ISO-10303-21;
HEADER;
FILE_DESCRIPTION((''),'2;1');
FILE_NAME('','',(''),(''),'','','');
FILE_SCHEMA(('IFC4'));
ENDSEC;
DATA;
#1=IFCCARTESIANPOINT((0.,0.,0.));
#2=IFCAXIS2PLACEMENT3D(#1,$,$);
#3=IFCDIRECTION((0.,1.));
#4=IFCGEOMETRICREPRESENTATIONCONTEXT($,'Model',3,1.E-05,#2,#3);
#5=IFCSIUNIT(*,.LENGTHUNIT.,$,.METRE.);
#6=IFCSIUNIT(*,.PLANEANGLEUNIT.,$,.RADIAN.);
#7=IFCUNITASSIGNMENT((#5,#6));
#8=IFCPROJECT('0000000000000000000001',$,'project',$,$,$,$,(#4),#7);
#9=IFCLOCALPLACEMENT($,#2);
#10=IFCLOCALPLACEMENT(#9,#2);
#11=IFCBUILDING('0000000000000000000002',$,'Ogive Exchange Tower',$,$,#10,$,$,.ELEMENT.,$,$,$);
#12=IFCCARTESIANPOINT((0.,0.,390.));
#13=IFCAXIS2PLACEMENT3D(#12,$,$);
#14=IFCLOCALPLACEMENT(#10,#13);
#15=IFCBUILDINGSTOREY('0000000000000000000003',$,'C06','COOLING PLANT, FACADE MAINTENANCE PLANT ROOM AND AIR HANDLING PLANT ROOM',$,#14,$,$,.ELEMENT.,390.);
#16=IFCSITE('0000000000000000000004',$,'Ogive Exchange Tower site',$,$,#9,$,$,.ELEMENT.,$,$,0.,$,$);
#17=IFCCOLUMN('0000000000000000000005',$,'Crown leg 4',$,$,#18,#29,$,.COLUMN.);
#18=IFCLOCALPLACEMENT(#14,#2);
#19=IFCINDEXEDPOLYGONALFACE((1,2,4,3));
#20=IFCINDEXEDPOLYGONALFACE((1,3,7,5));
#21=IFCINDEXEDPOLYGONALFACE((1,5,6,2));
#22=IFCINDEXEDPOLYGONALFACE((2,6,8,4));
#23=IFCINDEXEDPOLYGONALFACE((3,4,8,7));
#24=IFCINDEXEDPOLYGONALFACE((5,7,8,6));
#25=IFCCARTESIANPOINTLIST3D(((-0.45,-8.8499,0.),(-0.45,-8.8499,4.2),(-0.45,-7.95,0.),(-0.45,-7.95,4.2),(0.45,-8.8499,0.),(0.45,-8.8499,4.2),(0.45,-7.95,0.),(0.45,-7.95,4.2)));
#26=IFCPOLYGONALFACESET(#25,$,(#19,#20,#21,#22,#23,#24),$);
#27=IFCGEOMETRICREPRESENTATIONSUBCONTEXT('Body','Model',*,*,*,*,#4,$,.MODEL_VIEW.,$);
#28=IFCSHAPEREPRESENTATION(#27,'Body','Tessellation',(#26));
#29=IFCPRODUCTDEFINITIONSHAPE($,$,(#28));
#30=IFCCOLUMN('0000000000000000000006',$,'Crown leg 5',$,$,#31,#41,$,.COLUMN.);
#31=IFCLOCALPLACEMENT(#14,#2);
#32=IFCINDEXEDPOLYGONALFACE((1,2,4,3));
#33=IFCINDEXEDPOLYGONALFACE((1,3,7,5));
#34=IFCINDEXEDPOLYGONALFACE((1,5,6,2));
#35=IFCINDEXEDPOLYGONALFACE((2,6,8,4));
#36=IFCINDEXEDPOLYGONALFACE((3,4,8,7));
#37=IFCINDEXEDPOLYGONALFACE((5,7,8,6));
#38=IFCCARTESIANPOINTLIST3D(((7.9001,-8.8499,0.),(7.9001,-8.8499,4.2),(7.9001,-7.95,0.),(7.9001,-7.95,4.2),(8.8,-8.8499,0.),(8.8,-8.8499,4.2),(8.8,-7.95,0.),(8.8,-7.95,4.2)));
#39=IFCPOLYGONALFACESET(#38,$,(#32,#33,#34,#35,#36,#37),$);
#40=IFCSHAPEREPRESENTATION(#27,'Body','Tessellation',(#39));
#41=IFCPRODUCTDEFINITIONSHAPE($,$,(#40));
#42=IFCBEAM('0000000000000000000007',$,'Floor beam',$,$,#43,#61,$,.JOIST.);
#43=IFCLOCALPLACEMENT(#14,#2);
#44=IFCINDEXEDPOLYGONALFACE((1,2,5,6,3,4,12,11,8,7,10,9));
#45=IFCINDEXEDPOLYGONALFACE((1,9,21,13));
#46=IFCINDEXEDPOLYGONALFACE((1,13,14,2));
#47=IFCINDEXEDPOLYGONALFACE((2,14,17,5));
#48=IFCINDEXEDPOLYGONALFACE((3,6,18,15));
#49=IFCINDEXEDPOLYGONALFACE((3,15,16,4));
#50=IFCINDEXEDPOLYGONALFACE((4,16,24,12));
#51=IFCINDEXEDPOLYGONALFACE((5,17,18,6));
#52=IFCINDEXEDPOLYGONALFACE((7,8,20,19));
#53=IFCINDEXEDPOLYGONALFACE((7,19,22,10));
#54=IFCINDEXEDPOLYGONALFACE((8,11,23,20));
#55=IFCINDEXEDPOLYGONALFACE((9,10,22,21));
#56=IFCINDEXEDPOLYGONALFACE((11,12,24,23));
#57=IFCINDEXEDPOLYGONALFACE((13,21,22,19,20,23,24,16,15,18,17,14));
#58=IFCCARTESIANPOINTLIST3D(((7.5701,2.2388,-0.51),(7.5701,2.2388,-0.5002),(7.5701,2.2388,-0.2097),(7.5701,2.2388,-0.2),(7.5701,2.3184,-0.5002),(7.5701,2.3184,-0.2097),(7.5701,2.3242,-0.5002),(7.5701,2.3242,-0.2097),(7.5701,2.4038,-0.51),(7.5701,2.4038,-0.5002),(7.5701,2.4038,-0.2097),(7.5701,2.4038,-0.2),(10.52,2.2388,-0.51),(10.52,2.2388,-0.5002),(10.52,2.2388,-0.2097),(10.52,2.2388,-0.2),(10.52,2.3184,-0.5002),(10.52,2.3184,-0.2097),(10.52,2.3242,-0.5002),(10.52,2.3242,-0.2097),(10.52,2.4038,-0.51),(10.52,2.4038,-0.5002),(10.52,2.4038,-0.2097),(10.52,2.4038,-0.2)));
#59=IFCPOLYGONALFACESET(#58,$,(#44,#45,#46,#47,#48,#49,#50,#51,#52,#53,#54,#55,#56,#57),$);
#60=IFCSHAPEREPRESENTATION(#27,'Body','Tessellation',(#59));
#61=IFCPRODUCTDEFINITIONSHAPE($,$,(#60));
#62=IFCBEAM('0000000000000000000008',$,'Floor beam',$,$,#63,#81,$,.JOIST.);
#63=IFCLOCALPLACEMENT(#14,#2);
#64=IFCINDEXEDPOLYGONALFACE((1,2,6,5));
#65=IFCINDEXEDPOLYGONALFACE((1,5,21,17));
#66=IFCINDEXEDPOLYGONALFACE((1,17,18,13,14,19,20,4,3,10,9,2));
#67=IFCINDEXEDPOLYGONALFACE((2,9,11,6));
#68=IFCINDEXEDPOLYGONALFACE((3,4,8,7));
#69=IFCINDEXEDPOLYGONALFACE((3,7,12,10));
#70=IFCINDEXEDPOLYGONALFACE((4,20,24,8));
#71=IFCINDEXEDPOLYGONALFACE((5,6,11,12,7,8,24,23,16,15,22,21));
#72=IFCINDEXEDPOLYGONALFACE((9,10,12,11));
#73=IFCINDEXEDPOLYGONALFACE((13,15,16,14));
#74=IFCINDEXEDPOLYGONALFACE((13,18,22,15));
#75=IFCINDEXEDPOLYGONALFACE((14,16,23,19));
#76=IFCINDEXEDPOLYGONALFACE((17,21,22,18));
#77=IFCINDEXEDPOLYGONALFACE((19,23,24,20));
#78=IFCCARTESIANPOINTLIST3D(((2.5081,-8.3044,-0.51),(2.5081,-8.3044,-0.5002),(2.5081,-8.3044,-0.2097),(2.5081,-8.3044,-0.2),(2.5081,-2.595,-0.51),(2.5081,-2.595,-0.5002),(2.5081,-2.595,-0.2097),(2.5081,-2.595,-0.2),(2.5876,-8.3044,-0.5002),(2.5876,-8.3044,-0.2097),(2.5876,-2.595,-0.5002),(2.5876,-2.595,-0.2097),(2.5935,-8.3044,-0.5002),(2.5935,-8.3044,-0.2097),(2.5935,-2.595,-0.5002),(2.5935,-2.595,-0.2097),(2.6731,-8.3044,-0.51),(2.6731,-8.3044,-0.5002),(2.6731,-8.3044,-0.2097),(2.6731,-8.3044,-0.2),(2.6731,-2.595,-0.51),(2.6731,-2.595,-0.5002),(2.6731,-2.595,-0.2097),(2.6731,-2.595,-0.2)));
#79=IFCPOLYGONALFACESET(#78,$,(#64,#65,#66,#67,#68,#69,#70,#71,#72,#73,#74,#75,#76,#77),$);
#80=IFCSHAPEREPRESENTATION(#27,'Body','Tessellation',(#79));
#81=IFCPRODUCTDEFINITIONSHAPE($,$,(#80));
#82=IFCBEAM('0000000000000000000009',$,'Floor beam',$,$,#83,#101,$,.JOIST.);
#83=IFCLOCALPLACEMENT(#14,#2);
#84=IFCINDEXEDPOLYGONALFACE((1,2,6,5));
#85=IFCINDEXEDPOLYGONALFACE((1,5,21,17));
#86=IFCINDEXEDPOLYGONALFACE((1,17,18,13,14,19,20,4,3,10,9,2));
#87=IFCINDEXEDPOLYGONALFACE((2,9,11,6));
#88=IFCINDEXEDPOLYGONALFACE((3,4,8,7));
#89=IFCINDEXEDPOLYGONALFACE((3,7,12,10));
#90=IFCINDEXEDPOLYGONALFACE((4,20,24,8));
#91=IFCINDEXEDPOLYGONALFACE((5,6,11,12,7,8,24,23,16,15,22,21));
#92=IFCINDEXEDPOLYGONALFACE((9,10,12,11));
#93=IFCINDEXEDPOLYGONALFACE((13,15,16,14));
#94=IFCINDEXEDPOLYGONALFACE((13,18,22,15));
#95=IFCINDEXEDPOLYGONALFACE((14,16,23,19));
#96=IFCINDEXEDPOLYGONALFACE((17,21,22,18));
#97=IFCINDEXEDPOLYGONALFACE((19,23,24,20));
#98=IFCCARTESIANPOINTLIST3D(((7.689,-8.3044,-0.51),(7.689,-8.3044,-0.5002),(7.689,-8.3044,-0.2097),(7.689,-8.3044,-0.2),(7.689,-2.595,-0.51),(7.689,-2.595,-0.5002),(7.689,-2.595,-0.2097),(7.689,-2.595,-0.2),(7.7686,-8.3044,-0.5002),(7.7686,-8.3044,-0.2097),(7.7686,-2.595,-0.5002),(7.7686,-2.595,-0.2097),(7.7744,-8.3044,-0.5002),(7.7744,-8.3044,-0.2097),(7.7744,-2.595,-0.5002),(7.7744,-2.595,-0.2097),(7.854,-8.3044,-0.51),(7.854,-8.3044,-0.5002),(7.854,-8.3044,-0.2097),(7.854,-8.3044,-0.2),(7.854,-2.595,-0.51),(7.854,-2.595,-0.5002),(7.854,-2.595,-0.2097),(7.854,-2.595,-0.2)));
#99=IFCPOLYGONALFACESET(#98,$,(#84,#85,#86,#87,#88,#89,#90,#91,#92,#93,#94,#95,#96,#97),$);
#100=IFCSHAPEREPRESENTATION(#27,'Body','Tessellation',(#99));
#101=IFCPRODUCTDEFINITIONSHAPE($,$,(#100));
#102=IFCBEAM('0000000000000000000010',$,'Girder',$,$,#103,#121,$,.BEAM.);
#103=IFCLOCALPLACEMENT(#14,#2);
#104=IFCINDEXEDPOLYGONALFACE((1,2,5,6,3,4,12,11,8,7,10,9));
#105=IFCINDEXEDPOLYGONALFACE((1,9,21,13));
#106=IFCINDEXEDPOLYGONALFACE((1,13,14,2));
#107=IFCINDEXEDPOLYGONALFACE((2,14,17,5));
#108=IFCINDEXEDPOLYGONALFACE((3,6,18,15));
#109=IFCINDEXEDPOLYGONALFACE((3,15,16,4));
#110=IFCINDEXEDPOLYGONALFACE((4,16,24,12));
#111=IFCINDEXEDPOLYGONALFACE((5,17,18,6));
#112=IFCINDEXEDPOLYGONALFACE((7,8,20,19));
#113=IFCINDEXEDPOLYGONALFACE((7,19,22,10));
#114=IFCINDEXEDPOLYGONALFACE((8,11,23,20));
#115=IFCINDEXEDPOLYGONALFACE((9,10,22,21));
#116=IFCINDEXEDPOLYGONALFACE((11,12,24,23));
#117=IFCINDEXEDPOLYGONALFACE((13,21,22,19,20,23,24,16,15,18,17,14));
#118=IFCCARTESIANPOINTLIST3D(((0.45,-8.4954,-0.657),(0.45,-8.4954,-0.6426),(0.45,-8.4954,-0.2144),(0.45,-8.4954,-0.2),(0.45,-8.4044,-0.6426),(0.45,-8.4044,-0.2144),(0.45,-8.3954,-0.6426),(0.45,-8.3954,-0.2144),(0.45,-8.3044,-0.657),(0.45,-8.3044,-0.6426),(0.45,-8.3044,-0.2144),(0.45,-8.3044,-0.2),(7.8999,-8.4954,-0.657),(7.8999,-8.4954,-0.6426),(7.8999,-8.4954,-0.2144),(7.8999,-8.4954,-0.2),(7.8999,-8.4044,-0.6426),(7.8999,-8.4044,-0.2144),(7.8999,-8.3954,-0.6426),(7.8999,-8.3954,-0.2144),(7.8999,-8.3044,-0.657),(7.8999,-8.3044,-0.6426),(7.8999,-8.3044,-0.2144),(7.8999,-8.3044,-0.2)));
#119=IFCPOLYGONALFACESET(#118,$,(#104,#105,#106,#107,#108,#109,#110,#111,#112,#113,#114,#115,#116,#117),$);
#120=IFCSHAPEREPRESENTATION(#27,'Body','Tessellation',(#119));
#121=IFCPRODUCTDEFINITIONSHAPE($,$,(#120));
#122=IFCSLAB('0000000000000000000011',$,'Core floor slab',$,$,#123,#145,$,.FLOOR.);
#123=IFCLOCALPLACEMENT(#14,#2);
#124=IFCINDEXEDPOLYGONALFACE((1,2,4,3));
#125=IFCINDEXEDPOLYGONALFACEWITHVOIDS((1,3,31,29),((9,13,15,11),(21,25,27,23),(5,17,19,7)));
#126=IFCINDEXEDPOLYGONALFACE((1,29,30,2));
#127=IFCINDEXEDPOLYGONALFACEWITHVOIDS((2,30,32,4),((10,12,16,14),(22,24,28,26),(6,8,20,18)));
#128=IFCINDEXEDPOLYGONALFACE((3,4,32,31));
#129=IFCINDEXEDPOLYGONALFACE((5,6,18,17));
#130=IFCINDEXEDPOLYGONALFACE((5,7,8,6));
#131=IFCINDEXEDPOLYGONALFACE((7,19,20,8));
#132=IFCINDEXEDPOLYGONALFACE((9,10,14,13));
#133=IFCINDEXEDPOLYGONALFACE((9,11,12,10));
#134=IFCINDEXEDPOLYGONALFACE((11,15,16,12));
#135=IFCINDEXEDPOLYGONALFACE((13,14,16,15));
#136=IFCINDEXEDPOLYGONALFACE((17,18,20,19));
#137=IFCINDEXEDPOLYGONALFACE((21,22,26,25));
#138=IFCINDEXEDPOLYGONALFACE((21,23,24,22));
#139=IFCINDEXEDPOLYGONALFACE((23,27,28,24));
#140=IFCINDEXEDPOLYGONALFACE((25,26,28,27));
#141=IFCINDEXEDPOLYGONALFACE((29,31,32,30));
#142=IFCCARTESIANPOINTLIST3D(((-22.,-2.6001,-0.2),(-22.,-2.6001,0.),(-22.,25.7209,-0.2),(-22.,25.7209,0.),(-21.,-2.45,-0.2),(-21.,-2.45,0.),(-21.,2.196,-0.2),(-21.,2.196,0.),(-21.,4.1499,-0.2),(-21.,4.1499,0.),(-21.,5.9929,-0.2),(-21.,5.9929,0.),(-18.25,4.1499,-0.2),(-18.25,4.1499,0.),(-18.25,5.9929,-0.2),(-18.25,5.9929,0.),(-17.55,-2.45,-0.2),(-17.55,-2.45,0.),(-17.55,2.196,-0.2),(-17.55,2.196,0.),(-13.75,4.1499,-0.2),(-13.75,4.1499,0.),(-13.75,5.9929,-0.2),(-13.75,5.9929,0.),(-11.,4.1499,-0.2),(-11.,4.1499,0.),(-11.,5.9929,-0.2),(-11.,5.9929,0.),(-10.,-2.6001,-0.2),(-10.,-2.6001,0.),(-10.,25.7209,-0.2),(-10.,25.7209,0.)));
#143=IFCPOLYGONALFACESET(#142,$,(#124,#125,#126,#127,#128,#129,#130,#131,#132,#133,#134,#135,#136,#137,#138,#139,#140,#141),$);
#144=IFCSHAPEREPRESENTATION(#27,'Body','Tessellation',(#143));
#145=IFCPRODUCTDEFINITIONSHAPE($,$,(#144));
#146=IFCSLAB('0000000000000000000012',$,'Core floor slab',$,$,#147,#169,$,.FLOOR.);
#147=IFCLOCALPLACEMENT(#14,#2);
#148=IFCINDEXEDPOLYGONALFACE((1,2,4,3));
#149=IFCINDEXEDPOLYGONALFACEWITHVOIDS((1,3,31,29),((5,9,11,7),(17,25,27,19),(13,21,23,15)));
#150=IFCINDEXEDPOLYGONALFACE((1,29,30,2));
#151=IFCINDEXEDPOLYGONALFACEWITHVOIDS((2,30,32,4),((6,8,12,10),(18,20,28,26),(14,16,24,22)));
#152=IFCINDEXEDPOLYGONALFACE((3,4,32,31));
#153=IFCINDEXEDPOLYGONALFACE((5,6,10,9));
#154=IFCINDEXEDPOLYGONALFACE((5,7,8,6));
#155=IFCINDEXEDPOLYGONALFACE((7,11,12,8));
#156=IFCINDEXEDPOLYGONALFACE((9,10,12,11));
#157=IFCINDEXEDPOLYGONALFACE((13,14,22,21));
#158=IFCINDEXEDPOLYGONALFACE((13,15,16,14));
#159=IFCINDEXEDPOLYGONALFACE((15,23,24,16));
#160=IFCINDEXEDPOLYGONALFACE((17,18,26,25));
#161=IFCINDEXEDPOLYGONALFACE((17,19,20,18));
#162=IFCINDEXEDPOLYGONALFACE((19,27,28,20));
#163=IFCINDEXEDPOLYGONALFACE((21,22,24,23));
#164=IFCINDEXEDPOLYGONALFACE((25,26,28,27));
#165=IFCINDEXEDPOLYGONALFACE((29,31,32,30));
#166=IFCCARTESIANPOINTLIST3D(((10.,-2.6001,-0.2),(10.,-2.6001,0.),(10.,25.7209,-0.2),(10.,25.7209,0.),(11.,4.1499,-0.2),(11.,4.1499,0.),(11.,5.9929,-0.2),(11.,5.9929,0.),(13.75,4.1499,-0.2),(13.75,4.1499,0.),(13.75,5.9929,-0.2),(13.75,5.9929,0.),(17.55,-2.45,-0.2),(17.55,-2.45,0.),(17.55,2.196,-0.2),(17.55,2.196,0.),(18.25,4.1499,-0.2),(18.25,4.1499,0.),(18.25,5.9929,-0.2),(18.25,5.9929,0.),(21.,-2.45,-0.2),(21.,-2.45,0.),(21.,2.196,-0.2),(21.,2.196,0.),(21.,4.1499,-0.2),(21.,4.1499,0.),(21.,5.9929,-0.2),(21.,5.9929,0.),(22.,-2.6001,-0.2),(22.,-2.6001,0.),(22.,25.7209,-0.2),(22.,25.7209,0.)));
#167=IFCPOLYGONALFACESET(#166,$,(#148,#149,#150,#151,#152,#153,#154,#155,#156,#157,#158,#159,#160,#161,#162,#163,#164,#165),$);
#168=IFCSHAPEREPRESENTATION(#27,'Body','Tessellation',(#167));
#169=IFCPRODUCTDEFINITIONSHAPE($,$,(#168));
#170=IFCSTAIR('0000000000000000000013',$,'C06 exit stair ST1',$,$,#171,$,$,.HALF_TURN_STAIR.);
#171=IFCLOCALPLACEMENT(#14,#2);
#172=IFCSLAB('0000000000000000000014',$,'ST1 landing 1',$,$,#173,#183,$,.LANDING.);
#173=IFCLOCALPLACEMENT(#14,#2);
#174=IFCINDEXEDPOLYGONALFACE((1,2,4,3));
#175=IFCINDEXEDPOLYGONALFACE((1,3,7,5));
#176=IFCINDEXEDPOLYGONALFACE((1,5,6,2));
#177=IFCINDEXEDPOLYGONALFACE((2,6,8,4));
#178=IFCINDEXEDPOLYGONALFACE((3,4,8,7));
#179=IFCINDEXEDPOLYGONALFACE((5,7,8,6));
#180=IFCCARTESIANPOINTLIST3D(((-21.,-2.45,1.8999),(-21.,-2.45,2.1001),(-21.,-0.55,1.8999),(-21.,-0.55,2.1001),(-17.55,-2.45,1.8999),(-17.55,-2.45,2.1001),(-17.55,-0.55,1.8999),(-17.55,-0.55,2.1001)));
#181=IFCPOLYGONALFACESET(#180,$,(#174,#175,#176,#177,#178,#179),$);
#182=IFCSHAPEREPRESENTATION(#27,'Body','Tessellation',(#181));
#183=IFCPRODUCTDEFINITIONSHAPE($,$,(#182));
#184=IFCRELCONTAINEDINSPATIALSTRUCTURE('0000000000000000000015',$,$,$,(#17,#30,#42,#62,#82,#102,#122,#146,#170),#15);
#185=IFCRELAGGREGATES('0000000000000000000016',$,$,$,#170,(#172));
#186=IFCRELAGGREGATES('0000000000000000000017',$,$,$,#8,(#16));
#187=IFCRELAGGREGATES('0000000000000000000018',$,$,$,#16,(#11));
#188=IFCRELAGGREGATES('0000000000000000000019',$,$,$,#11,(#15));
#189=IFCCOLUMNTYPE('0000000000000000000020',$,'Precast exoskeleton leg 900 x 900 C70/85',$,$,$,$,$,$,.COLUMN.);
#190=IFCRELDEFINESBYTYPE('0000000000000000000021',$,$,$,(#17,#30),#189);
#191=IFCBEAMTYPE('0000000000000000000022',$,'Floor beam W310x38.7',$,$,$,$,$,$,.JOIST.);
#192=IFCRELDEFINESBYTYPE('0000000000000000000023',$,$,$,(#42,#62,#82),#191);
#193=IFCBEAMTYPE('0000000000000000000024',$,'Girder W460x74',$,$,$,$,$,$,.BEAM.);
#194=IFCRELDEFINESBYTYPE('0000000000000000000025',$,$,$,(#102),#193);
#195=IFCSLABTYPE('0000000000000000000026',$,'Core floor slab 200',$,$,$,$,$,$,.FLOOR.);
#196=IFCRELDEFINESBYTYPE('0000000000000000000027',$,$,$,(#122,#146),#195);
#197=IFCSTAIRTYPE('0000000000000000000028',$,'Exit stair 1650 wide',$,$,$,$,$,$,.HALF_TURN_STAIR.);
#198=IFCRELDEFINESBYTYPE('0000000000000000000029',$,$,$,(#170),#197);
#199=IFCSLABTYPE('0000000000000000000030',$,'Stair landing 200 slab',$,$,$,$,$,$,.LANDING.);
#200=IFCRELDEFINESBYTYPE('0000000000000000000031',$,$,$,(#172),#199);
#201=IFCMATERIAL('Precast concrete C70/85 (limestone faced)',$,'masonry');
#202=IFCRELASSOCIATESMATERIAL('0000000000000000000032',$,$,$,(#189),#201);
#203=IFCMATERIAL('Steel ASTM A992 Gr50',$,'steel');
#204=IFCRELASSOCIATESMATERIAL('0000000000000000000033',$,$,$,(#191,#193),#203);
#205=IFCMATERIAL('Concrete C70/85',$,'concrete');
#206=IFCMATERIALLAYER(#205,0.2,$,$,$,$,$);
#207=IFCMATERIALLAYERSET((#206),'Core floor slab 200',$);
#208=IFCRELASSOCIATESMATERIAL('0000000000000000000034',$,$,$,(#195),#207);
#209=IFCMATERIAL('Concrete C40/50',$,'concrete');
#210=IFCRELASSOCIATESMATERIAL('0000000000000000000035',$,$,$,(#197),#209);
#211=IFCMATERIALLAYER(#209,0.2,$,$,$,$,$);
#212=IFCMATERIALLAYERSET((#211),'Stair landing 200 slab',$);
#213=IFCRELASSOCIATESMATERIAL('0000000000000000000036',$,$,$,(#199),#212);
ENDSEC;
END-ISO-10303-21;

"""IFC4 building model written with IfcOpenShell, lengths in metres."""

from ifc_helpers import new_model, si_unit, direction, frame, origin, origin_2d, place, context, subcontext, project, spatial, polyline, rectangle, i_section, outline, extrude, material, layer, layer_set, material_profile, profile_set, type_object, element, aggregate, save


model = new_model("IFC4")

# Units and contexts
model_context = context("Model", 3, precision=1e-05, world=origin(), true_north=direction((0.0, 1.0)))
body_context = subcontext(model_context, "Body", "Model", "MODEL_VIEW")
ifc_project = project(units=[si_unit("LENGTHUNIT", "METRE"), si_unit("PLANEANGLEUNIT", "RADIAN")], contexts=[model_context])

# Site, building, storey
site_placement = place(None, origin())
site = spatial("IfcSite", under=ifc_project, at=site_placement, Name="Ogive Exchange Tower site", CompositionType="ELEMENT", RefElevation=0.0)
building_placement = place(site_placement, origin())
building = spatial("IfcBuilding", under=site, at=building_placement, Name="Ogive Exchange Tower", CompositionType="ELEMENT")
storey_placement = place(building_placement, frame((0.0, 0.0, 390.0)))
storey = spatial("IfcBuildingStorey", under=building, at=storey_placement, Name="C06", Description="COOLING PLANT, FACADE MAINTENANCE PLANT ROOM AND AIR HANDLING PLANT ROOM", CompositionType="ELEMENT", Elevation=390.0)

# Columns
ifc_material_1 = material(Name="Precast concrete C70/85 (limestone faced)", Category="masonry")
ifc_material_profile_1 = material_profile(ifc_material_1, rectangle(XDim=0.8999, YDim=0.8999, at=origin_2d()), Name="900 x 900")
ifc_profile_set_1 = profile_set([ifc_material_profile_1], Name="Precast concrete C70/85 (limestone faced)")
column_type = type_object("IfcColumnType", Name="Precast exoskeleton leg 900 x 900 C70/85", PredefinedType="COLUMN", material=ifc_profile_set_1)
for number, where, z_axis, x_axis, name in (
    (1, (0.0, -8.3999, 0.0), (0.0, 0.0, 1.0), (1.0, 0.0, 0.0), "Crown leg 4"),
    (2, (8.3501, -8.3999, 0.0), (0.0, 0.0, 1.0), (1.0, 0.0, 0.0), "Crown leg 5"),
):
    element("IfcColumn", number, at=place(storey_placement, frame(where, z_axis=z_axis, x_axis=x_axis)), inside=storey, type_object=column_type, Name=name, PredefinedType="COLUMN", context=body_context, shape_type="SweptSolid", body=[
        extrude(rectangle(XDim=0.8999, YDim=0.8999, at=origin_2d()), origin(), (0.0, 0.0, 1.0), 4.2),
    ])

# Beams
ifc_material_2 = material(Name="Steel ASTM A992 Gr50", Category="steel")
ifc_material_profile_2 = material_profile(ifc_material_2, i_section(OverallWidth=0.165, OverallDepth=0.3101, WebThickness=0.0059, FlangeThickness=0.0098, at=origin_2d()), Name="W310x38.7")
ifc_profile_set_2 = profile_set([ifc_material_profile_2], Name="Steel ASTM A992 Gr50")
beam_type_1 = type_object("IfcBeamType", Name="Floor beam W310x38.7", PredefinedType="JOIST", material=ifc_profile_set_2)
beam_1_placement = place(storey_placement, frame((7.5701, 2.3213, -0.355), z_axis=(1.0, 0.0, 0.0), x_axis=(0.0, 1.0, 0.0)))
element("IfcBeam", 3, at=beam_1_placement, inside=storey, type_object=beam_type_1, Name="Floor beam", PredefinedType="JOIST", context=body_context, shape_type="SweptSolid", body=[
    extrude(i_section(OverallWidth=0.165, OverallDepth=0.3101, WebThickness=0.0059, FlangeThickness=0.0098, at=origin_2d()), origin(), (0.0, 0.0, 1.0), 2.95),
])
for number, where, z_axis, x_axis, name in (
    (4, (2.5906, -8.3044, -0.355), (0.0, 1.0, 0.0), (-1.0, 0.0, 0.0), "Floor beam"),
    (5, (7.7715, -8.3044, -0.355), (0.0, 1.0, 0.0), (-1.0, 0.0, 0.0), "Floor beam"),
):
    element("IfcBeam", number, at=place(storey_placement, frame(where, z_axis=z_axis, x_axis=x_axis)), inside=storey, type_object=beam_type_1, Name=name, PredefinedType="JOIST", context=body_context, shape_type="SweptSolid", body=[
        extrude(i_section(OverallWidth=0.165, OverallDepth=0.3101, WebThickness=0.0059, FlangeThickness=0.0098, at=origin_2d()), origin(), (0.0, 0.0, 1.0), 5.7095),
    ])
ifc_material_profile_3 = material_profile(ifc_material_2, i_section(OverallWidth=0.1909, OverallDepth=0.457, WebThickness=0.009, FlangeThickness=0.0144, at=origin_2d()), Name="W460x74")
ifc_profile_set_3 = profile_set([ifc_material_profile_3], Name="Steel ASTM A992 Gr50")
beam_type_2 = type_object("IfcBeamType", Name="Girder W460x74", PredefinedType="BEAM", material=ifc_profile_set_3)
beam_2_placement = place(storey_placement, frame((0.45, -8.3999, -0.4285), z_axis=(1.0, 0.0, 0.0), x_axis=(0.0, 1.0, 0.0)))
element("IfcBeam", 6, at=beam_2_placement, inside=storey, type_object=beam_type_2, Name="Girder", PredefinedType="BEAM", context=body_context, shape_type="SweptSolid", body=[
    extrude(i_section(OverallWidth=0.1909, OverallDepth=0.457, WebThickness=0.009, FlangeThickness=0.0144, at=origin_2d()), origin(), (0.0, 0.0, 1.0), 7.45),
])

# Slabs
ifc_material_3 = material(Name="Concrete C70/85", Category="concrete")
ifc_layer_1 = layer(ifc_material_3, 0.2)
ifc_layer_set_1 = layer_set([ifc_layer_1], Name="Core floor slab 200")
slab_type_1 = type_object("IfcSlabType", Name="Core floor slab 200", PredefinedType="FLOOR", material=ifc_layer_set_1)
slab_1_placement = place(storey_placement, frame((0.0, 0.0, -0.2)))
element("IfcSlab", 7, at=slab_1_placement, inside=storey, type_object=slab_type_1, Name="Core floor slab", PredefinedType="FLOOR", context=body_context, shape_type="SweptSolid", body=[
    extrude(outline(polyline([(-22.0, -2.6001), (-22.0, 25.7209), (-10.0, 25.7209), (-10.0, -2.6001), (-22.0, -2.6001)]), holes=[polyline([(-21.0, 2.196), (-21.0, -2.45), (-17.55, -2.45), (-17.55, 2.196), (-21.0, 2.196)]), polyline([(-21.0, 5.9929), (-21.0, 4.1499), (-18.25, 4.1499), (-18.25, 5.9929), (-21.0, 5.9929)]), polyline([(-13.75, 5.9929), (-13.75, 4.1499), (-11.0, 4.1499), (-11.0, 5.9929), (-13.75, 5.9929)])]), origin(), (0.0, 0.0, 1.0), 0.2),
])
slab_2_placement = place(storey_placement, frame((0.0, 0.0, -0.2)))
element("IfcSlab", 8, at=slab_2_placement, inside=storey, type_object=slab_type_1, Name="Core floor slab", PredefinedType="FLOOR", context=body_context, shape_type="SweptSolid", body=[
    extrude(outline(polyline([(10.0, -2.6001), (10.0, 25.7209), (22.0, 25.7209), (22.0, -2.6001), (10.0, -2.6001)]), holes=[polyline([(17.55, 2.196), (17.55, -2.45), (21.0, -2.45), (21.0, 2.196), (17.55, 2.196)]), polyline([(11.0, 5.9929), (11.0, 4.1499), (13.75, 4.1499), (13.75, 5.9929), (11.0, 5.9929)]), polyline([(18.25, 5.9929), (18.25, 4.1499), (21.0, 4.1499), (21.0, 5.9929), (18.25, 5.9929)])]), origin(), (0.0, 0.0, 1.0), 0.2),
])

# Stair, slab
ifc_material_4 = material(Name="Concrete C40/50", Category="concrete")
stair_type = type_object("IfcStairType", Name="Exit stair 1650 wide", PredefinedType="HALF_TURN_STAIR", material=ifc_material_4)
stair_1_placement = place(storey_placement, origin())
stair_1 = element("IfcStair", 9, at=stair_1_placement, inside=storey, type_object=stair_type, Name="C06 exit stair ST1", PredefinedType="HALF_TURN_STAIR")
ifc_layer_2 = layer(ifc_material_4, 0.2)
ifc_layer_set_2 = layer_set([ifc_layer_2], Name="Stair landing 200 slab")
slab_type_2 = type_object("IfcSlabType", Name="Stair landing 200 slab", PredefinedType="LANDING", material=ifc_layer_set_2)
slab_3_placement = place(storey_placement, frame((0.0, 0.0, 1.8999)))
slab_3 = element("IfcSlab", 10, at=slab_3_placement, type_object=slab_type_2, Name="ST1 landing 1", PredefinedType="LANDING", context=body_context, shape_type="SweptSolid", body=[
    extrude(outline(polyline([(-21.0, -0.55), (-21.0, -2.45), (-17.55, -2.45), (-17.55, -0.55), (-21.0, -0.55)])), origin(), (0.0, 0.0, 1.0), 0.2002),
])
aggregate(stair_1, [slab_3])

save(model, "model.ifc")
